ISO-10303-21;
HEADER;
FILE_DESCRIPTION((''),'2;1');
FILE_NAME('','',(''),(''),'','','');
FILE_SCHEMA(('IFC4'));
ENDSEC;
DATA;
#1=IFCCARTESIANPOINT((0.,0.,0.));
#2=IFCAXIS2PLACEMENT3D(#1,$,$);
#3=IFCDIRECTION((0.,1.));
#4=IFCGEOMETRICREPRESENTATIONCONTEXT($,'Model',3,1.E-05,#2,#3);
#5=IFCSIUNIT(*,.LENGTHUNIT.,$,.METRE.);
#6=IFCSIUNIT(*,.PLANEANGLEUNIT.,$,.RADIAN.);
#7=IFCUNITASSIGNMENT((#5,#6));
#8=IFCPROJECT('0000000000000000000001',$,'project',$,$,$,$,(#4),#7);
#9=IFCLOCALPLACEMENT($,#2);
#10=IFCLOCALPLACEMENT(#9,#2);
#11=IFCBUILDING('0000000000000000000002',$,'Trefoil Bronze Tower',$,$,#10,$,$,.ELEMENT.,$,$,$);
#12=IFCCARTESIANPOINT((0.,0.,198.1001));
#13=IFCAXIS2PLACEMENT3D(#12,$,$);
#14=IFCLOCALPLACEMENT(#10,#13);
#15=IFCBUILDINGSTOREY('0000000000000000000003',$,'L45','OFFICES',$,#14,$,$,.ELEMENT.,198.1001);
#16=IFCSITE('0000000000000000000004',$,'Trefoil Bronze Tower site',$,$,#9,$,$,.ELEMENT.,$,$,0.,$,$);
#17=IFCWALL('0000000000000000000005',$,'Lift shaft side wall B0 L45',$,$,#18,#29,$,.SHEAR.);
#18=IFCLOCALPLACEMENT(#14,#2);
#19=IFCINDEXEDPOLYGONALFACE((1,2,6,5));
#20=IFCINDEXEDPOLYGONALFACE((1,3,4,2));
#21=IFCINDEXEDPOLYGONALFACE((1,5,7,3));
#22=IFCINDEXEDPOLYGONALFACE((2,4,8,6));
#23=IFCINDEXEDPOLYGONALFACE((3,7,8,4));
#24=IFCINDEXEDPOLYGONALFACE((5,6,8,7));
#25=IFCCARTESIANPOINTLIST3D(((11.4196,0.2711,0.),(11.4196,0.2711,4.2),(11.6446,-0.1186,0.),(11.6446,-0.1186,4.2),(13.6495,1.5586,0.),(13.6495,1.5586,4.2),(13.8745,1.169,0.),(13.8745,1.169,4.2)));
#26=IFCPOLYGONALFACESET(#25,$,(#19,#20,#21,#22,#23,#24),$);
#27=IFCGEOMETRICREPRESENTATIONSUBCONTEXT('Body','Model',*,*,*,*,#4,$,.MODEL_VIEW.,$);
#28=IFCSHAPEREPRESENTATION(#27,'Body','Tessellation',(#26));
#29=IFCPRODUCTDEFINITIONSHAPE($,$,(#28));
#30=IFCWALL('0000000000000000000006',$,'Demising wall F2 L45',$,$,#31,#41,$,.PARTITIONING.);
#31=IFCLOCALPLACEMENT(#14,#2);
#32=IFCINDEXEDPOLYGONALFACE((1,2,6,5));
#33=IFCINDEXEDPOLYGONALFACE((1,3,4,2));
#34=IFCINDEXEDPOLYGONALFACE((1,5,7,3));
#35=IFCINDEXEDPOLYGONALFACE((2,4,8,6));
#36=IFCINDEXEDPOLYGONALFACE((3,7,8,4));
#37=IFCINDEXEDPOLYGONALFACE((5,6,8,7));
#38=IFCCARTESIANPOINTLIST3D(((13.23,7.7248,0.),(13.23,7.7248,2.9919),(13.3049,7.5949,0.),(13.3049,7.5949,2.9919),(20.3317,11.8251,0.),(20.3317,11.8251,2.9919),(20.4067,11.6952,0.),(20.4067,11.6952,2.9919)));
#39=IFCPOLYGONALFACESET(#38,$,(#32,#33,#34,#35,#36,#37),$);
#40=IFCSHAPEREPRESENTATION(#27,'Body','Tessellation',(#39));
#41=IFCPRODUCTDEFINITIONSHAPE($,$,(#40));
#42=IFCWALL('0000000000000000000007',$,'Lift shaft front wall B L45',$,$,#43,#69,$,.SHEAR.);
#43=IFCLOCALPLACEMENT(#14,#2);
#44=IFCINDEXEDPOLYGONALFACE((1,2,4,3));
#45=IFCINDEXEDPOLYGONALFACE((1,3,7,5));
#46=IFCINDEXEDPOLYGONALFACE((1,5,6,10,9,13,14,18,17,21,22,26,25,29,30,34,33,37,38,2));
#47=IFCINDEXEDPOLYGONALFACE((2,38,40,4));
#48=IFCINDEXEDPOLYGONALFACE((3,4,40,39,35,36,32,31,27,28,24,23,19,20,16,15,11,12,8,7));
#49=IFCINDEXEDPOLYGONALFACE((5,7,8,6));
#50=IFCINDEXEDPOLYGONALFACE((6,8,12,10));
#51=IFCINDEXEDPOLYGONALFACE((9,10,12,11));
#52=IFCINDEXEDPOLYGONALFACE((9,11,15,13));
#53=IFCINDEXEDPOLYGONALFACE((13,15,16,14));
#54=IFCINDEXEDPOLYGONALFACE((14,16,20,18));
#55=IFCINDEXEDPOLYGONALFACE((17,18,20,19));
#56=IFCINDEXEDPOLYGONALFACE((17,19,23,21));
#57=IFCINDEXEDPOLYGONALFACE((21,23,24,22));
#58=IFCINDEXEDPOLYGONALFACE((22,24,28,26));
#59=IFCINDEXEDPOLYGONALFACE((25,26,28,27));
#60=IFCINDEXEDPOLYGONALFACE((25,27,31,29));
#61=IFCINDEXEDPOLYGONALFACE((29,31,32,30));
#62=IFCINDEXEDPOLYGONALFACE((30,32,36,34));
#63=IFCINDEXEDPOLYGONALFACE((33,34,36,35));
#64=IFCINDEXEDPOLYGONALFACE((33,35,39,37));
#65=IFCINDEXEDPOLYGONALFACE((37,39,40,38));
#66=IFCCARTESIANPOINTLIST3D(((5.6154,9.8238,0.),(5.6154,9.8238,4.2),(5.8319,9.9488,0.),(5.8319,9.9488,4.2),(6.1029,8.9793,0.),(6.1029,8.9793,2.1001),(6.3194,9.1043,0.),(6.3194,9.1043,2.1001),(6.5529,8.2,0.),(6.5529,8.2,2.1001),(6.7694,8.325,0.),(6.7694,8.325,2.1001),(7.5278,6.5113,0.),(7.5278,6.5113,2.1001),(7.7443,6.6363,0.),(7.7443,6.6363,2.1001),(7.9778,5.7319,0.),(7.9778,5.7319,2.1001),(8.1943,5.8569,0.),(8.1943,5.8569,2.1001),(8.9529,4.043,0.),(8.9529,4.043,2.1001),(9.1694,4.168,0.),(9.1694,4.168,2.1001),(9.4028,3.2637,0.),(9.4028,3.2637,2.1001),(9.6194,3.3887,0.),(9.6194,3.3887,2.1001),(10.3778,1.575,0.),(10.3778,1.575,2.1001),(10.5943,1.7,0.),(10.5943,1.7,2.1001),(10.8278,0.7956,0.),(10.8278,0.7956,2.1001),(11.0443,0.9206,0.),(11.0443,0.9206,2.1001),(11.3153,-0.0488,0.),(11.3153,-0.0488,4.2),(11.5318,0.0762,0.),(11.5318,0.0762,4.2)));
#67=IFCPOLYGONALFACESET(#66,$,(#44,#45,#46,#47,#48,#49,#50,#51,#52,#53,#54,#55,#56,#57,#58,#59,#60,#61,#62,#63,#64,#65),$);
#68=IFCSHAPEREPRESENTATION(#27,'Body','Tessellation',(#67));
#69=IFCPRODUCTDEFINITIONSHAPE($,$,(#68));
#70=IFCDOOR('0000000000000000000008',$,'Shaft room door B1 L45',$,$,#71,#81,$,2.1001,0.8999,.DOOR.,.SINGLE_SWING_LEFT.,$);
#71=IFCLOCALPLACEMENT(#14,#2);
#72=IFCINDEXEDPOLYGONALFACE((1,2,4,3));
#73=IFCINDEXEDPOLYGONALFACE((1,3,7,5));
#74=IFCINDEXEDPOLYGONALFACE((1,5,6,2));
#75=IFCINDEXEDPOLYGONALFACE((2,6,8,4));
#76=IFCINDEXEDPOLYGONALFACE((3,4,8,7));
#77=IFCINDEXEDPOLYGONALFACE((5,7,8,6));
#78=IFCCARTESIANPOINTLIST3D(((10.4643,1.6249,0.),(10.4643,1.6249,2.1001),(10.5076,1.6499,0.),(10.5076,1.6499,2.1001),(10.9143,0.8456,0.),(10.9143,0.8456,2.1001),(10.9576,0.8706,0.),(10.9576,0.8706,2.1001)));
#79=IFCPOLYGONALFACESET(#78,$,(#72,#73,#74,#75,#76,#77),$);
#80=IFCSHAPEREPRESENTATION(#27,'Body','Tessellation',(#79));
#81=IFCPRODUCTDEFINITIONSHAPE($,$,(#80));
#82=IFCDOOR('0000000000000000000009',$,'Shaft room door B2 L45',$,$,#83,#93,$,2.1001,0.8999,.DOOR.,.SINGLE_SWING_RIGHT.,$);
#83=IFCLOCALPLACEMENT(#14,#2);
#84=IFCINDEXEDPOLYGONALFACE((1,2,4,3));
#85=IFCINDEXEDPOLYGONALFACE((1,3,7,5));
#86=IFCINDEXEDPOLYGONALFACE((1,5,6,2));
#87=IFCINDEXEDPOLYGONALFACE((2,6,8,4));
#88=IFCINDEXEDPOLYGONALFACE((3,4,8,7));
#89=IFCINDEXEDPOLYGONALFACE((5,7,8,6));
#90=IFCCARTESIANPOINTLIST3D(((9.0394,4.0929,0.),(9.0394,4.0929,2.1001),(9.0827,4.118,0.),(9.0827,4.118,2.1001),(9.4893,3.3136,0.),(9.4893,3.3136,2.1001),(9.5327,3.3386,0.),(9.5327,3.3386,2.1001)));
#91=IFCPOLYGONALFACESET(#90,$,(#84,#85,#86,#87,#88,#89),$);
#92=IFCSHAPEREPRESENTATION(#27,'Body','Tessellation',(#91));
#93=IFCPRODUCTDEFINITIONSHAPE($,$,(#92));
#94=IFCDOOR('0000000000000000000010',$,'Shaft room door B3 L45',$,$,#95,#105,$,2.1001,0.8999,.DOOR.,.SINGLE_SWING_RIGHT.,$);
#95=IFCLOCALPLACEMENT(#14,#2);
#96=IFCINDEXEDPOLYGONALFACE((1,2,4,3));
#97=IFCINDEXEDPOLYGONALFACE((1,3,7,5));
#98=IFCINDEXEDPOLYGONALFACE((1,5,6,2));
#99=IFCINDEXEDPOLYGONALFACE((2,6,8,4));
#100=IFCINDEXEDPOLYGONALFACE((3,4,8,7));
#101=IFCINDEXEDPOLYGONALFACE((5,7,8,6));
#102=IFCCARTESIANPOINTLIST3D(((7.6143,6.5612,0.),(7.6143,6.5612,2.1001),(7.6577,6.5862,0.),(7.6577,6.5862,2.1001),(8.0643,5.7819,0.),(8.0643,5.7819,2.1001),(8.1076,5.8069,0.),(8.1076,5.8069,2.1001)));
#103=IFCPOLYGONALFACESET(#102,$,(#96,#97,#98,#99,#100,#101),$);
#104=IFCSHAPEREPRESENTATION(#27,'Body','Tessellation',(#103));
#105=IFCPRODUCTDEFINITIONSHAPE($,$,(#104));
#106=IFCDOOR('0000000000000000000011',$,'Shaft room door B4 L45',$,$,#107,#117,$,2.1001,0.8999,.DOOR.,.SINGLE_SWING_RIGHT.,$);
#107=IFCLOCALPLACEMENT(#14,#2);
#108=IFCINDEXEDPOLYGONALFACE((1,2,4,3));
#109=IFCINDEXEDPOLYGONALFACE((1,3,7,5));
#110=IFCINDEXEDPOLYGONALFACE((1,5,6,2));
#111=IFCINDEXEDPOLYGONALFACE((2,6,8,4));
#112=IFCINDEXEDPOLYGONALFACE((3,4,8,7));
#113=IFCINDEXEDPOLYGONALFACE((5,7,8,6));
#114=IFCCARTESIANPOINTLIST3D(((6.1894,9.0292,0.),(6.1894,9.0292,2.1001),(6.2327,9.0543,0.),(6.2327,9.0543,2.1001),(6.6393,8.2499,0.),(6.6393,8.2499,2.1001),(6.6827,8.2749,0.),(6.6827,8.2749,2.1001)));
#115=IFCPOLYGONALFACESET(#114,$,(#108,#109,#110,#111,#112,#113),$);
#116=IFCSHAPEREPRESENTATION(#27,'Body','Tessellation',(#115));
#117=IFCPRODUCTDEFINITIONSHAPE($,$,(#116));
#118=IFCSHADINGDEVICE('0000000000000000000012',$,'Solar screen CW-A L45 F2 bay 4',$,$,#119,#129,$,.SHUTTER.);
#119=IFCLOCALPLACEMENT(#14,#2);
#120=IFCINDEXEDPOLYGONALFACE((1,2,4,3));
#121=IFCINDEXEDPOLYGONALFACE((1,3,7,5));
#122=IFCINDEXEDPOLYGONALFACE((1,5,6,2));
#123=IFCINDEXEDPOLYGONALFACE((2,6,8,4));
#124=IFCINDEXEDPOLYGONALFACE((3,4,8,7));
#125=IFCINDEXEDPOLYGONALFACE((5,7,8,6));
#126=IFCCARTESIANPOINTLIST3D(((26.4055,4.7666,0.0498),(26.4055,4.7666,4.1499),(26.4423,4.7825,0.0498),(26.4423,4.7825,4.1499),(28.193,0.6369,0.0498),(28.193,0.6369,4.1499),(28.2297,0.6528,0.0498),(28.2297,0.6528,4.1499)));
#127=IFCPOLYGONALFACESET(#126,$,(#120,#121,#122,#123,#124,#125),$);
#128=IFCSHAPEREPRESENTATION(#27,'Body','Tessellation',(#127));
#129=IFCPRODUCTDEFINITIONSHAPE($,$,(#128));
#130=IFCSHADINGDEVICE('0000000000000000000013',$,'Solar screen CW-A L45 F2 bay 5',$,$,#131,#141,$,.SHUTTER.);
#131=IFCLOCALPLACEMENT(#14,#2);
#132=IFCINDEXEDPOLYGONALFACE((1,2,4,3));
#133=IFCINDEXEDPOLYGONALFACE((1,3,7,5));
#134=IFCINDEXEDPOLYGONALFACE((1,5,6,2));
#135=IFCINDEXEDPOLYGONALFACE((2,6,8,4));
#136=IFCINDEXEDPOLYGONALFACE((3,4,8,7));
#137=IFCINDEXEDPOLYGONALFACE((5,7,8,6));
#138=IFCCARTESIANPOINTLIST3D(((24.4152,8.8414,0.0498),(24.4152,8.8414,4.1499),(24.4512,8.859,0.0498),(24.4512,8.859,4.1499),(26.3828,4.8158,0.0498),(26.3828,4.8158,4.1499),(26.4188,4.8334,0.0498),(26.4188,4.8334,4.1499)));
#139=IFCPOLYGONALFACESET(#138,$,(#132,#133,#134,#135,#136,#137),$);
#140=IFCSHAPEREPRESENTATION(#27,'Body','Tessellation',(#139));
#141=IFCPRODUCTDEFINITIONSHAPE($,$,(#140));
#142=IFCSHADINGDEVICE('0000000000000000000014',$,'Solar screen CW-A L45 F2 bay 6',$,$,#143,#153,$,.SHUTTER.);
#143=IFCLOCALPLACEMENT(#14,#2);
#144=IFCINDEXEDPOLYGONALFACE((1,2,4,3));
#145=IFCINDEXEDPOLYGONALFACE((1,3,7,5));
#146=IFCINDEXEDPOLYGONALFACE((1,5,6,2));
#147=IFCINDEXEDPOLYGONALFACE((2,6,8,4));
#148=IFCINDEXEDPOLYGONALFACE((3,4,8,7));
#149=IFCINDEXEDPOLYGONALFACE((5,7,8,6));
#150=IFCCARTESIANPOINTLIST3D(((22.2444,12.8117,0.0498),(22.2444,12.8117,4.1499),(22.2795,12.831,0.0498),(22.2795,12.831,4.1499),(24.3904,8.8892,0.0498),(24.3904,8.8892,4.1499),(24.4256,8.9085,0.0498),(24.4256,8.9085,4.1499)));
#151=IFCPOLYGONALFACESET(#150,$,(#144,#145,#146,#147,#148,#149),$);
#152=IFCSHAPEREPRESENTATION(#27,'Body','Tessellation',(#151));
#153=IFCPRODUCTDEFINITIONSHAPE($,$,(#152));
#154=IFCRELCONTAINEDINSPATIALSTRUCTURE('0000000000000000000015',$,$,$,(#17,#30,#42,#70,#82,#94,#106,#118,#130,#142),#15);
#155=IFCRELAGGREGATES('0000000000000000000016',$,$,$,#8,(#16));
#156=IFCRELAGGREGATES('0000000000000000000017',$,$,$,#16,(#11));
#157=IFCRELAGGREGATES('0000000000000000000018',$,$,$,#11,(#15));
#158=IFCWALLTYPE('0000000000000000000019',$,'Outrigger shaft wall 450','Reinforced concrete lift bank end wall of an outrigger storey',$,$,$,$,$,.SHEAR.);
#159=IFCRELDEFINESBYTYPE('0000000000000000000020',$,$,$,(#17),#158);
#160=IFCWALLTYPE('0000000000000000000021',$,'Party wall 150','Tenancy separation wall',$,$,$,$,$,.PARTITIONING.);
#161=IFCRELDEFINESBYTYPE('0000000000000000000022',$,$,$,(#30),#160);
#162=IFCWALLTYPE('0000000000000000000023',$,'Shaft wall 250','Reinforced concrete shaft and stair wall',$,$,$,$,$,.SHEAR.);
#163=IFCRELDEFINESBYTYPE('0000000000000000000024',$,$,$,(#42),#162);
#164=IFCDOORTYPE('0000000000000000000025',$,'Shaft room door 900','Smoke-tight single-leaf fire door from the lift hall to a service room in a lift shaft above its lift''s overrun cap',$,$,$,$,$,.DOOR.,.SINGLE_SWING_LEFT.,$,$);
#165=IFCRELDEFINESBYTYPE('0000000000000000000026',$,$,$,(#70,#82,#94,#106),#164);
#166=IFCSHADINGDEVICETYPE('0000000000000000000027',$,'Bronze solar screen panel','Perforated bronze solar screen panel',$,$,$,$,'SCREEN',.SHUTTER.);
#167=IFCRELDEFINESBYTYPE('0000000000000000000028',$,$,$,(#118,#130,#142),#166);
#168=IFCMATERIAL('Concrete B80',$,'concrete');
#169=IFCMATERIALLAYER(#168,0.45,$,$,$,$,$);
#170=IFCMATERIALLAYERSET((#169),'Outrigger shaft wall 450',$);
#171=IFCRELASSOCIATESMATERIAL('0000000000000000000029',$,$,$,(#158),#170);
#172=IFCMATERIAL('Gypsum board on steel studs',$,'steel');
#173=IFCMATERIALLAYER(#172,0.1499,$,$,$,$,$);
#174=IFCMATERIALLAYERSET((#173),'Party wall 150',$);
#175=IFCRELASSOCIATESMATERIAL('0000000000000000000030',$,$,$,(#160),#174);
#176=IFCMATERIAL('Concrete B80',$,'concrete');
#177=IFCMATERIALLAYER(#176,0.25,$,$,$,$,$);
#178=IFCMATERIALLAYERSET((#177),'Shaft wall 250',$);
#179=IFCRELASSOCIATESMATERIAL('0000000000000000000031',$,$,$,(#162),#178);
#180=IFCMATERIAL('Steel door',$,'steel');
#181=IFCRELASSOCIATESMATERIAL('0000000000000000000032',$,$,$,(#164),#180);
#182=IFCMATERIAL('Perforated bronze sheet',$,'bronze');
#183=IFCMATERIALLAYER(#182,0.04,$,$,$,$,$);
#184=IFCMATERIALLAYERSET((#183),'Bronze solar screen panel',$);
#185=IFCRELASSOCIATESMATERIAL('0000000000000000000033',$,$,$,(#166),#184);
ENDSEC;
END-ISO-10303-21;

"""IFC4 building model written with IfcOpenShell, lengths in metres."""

from ifc_helpers import new_model, si_unit, direction, frame, frame_2d, origin, origin_2d, place, context, subcontext, project, spatial, rectangle, extrude, material, layer, layer_set, type_object, element, fill, save


model = new_model("IFC4")

# Units and contexts
model_context = context("Model", 3, precision=1e-05, world=origin(), true_north=direction((0.0, 1.0)))
body_context = subcontext(model_context, "Body", "Model", "MODEL_VIEW")
ifc_project = project(units=[si_unit("LENGTHUNIT", "METRE"), si_unit("PLANEANGLEUNIT", "RADIAN")], contexts=[model_context])

# Site, building, storey
site_placement = place(None, origin())
site = spatial("IfcSite", under=ifc_project, at=site_placement, Name="Trefoil Bronze Tower site", CompositionType="ELEMENT", RefElevation=0.0)
building_placement = place(site_placement, origin())
building = spatial("IfcBuilding", under=site, at=building_placement, Name="Trefoil Bronze Tower", CompositionType="ELEMENT")
storey_placement = place(building_placement, frame((0.0, 0.0, 198.1001)))
storey = spatial("IfcBuildingStorey", under=building, at=storey_placement, Name="L45", Description="OFFICES", CompositionType="ELEMENT", Elevation=198.1001)

# Walls
ifc_material_1 = material(Name="Concrete B80", Category="concrete")
ifc_layer_1 = layer(ifc_material_1, 0.45)
ifc_layer_set_1 = layer_set([ifc_layer_1], Name="Outrigger shaft wall 450")
wall_type_1 = type_object("IfcWallType", Name="Outrigger shaft wall 450", Description="Reinforced concrete lift bank end wall of an outrigger storey", PredefinedType="SHEAR", material=ifc_layer_set_1)
wall_1_placement = place(storey_placement, frame((11.532, 0.0762, 0.0), z_axis=(0.0, 0.0, 1.0), x_axis=(0.866006, 0.500034, 0.0)))
element("IfcWall", 1, at=wall_1_placement, inside=storey, type_object=wall_type_1, Name="Lift shaft side wall B0 L45", PredefinedType="SHEAR", context=body_context, shape_type="SweptSolid", body=[
    extrude(rectangle(XDim=2.575, YDim=0.45, at=frame_2d((1.2876, 0.0))), origin(), (0.0, 0.0, 1.0), 4.2),
])
ifc_material_2 = material(Name="Gypsum board on steel studs", Category="steel")
ifc_layer_2 = layer(ifc_material_2, 0.1499)
ifc_layer_set_2 = layer_set([ifc_layer_2], Name="Party wall 150")
wall_type_2 = type_object("IfcWallType", Name="Party wall 150", Description="Tenancy separation wall", PredefinedType="PARTITIONING", material=ifc_layer_set_2)
wall_2_placement = place(storey_placement, frame((13.2676, 7.6599, 0.0), z_axis=(0.0, 0.0, 1.0), x_axis=(0.866019, 0.50001, 0.0)))
element("IfcWall", 2, at=wall_2_placement, inside=storey, type_object=wall_type_2, Name="Demising wall F2 L45", PredefinedType="PARTITIONING", context=body_context, shape_type="SweptSolid", body=[
    extrude(rectangle(XDim=8.2004, YDim=0.1499, at=frame_2d((4.1001, 0.0))), origin(), (0.0, 0.0, 1.0), 2.9919),
])

# Wall, openings, doors
ifc_material_3 = material(Name="Concrete B80", Category="concrete")
ifc_layer_3 = layer(ifc_material_3, 0.25)
ifc_layer_set_3 = layer_set([ifc_layer_3], Name="Shaft wall 250")
wall_type_3 = type_object("IfcWallType", Name="Shaft wall 250", Description="Reinforced concrete shaft and stair wall", PredefinedType="SHEAR", material=ifc_layer_set_3)
wall_3_placement = place(storey_placement, frame((11.4236, 0.0137, 0.0), z_axis=(0.0, 0.0, 1.0), x_axis=(-0.500002, 0.866024, 0.0)))
wall_3 = element("IfcWall", 3, at=wall_3_placement, inside=storey, type_object=wall_type_3, Name="Lift shaft front wall B L45", PredefinedType="SHEAR", context=body_context, shape_type="SweptSolid", body=[
    extrude(rectangle(XDim=11.3999, YDim=0.25, at=frame_2d((5.7, 0.0))), origin(), (0.0, 0.0, 1.0), 4.2),
])
opening_1_placement = place(wall_3_placement, frame((0.9751, 0.0, 0.0)))
opening_1 = element("IfcOpeningElement", 4, at=opening_1_placement, cuts=wall_3, PredefinedType="OPENING", context=body_context, shape_type="SweptSolid", body=[
    extrude(rectangle(XDim=0.8999, YDim=2.1001, at=frame_2d((0.45, 1.05))), frame((0.0, 0.135, 0.0), z_axis=(0.0, -1.0, 0.0), x_axis=(1.0, 0.0, 0.0)), (0.0, 0.0, 1.0), 0.27),
])
opening_2_placement = place(wall_3_placement, frame((3.825, 0.0, 0.0)))
opening_2 = element("IfcOpeningElement", 5, at=opening_2_placement, cuts=wall_3, PredefinedType="OPENING", context=body_context, shape_type="SweptSolid", body=[
    extrude(rectangle(XDim=0.8999, YDim=2.1001, at=frame_2d((0.45, 1.05))), frame((0.0, 0.135, 0.0), z_axis=(0.0, -1.0, 0.0), x_axis=(1.0, 0.0, 0.0)), (0.0, 0.0, 1.0), 0.27),
])
opening_3_placement = place(wall_3_placement, frame((6.675, 0.0, 0.0)))
opening_3 = element("IfcOpeningElement", 6, at=opening_3_placement, cuts=wall_3, PredefinedType="OPENING", context=body_context, shape_type="SweptSolid", body=[
    extrude(rectangle(XDim=0.8999, YDim=2.1001, at=frame_2d((0.45, 1.05))), frame((0.0, 0.135, 0.0), z_axis=(0.0, -1.0, 0.0), x_axis=(1.0, 0.0, 0.0)), (0.0, 0.0, 1.0), 0.27),
])
opening_4_placement = place(wall_3_placement, frame((9.5249, 0.0, 0.0)))
opening_4 = element("IfcOpeningElement", 7, at=opening_4_placement, cuts=wall_3, PredefinedType="OPENING", context=body_context, shape_type="SweptSolid", body=[
    extrude(rectangle(XDim=0.8999, YDim=2.1001, at=frame_2d((0.45, 1.05))), frame((0.0, 0.135, 0.0), z_axis=(0.0, -1.0, 0.0), x_axis=(1.0, 0.0, 0.0)), (0.0, 0.0, 1.0), 0.27),
])
ifc_material_4 = material(Name="Steel door", Category="steel")
door_type = type_object("IfcDoorType", Name="Shaft room door 900", Description="Smoke-tight single-leaf fire door from the lift hall to a service room in a lift shaft above its lift's overrun cap", OperationType="SINGLE_SWING_LEFT", PredefinedType="DOOR", material=ifc_material_4)
door_1_placement = place(opening_1_placement, frame((0.8999, 0.0, 0.0), z_axis=(0.0, 0.0, 1.0), x_axis=(-1.0, 0.0, 0.0)))
door_1 = element("IfcDoor", 8, at=door_1_placement, inside=storey, type_object=door_type, Name="Shaft room door B1 L45", OperationType="SINGLE_SWING_LEFT", OverallHeight=2.1001, OverallWidth=0.8999, PredefinedType="DOOR", context=body_context, shape_type="SweptSolid", body=[
    extrude(rectangle(XDim=0.8999, YDim=2.1001, at=frame_2d((0.45, 1.05))), frame((0.0, 0.0249, 0.0), z_axis=(0.0, -1.0, 0.0), x_axis=(1.0, 0.0, 0.0)), (0.0, 0.0, 1.0), 0.05),
])
fill(opening_1, door_1)
door_2_placement = place(opening_2_placement, frame((0.8999, 0.0, 0.0), z_axis=(0.0, 0.0, 1.0), x_axis=(-1.0, 0.0, 0.0)))
door_2 = element("IfcDoor", 9, at=door_2_placement, inside=storey, type_object=door_type, Name="Shaft room door B2 L45", OperationType="SINGLE_SWING_RIGHT", OverallHeight=2.1001, OverallWidth=0.8999, PredefinedType="DOOR", context=body_context, shape_type="SweptSolid", body=[
    extrude(rectangle(XDim=0.8999, YDim=2.1001, at=frame_2d((0.45, 1.05))), frame((0.0, 0.0249, 0.0), z_axis=(0.0, -1.0, 0.0), x_axis=(1.0, 0.0, 0.0)), (0.0, 0.0, 1.0), 0.05),
])
fill(opening_2, door_2)
door_3_placement = place(opening_3_placement, frame((0.8999, 0.0, 0.0), z_axis=(0.0, 0.0, 1.0), x_axis=(-1.0, 0.0, 0.0)))
door_3 = element("IfcDoor", 10, at=door_3_placement, inside=storey, type_object=door_type, Name="Shaft room door B3 L45", OperationType="SINGLE_SWING_RIGHT", OverallHeight=2.1001, OverallWidth=0.8999, PredefinedType="DOOR", context=body_context, shape_type="SweptSolid", body=[
    extrude(rectangle(XDim=0.8999, YDim=2.1001, at=frame_2d((0.45, 1.05))), frame((0.0, 0.0249, 0.0), z_axis=(0.0, -1.0, 0.0), x_axis=(1.0, 0.0, 0.0)), (0.0, 0.0, 1.0), 0.05),
])
fill(opening_3, door_3)
door_4_placement = place(opening_4_placement, frame((0.8999, 0.0, 0.0), z_axis=(0.0, 0.0, 1.0), x_axis=(-1.0, 0.0, 0.0)))
door_4 = element("IfcDoor", 11, at=door_4_placement, inside=storey, type_object=door_type, Name="Shaft room door B4 L45", OperationType="SINGLE_SWING_RIGHT", OverallHeight=2.1001, OverallWidth=0.8999, PredefinedType="DOOR", context=body_context, shape_type="SweptSolid", body=[
    extrude(rectangle(XDim=0.8999, YDim=2.1001, at=frame_2d((0.45, 1.05))), frame((0.0, 0.0249, 0.0), z_axis=(0.0, -1.0, 0.0), x_axis=(1.0, 0.0, 0.0)), (0.0, 0.0, 1.0), 0.05),
])
fill(opening_4, door_4)

# Shading devices
ifc_material_5 = material(Name="Perforated bronze sheet", Category="bronze")
ifc_layer_4 = layer(ifc_material_5, 0.04)
ifc_layer_set_4 = layer_set([ifc_layer_4], Name="Bronze solar screen panel")
shading_device_type = type_object("IfcShadingDeviceType", Name="Bronze solar screen panel", Description="Perforated bronze solar screen panel", ElementType="SCREEN", PredefinedType="SHUTTER", material=ifc_layer_set_4)
shading_device_1_placement = place(storey_placement, frame((27.3176, 2.7097, 0.0498), z_axis=(0.0, 0.0, 1.0), x_axis=(-0.39722, 0.917723, 0.0)))
element("IfcShadingDevice", 12, at=shading_device_1_placement, inside=storey, type_object=shading_device_type, Name="Solar screen CW-A L45 F2 bay 4", PredefinedType="SHUTTER", context=body_context, shape_type="SweptSolid", body=[
    extrude(rectangle(XDim=4.5, YDim=0.04, at=origin_2d()), origin(), (0.0, 0.0, 1.0), 4.1001),
])
shading_device_2_placement = place(storey_placement, frame((25.417, 6.8374, 0.0498), z_axis=(0.0, 0.0, 1.0), x_axis=(-0.439129, 0.898424, 0.0)))
element("IfcShadingDevice", 13, at=shading_device_2_placement, inside=storey, type_object=shading_device_type, Name="Solar screen CW-A L45 F2 bay 5", PredefinedType="SHUTTER", context=body_context, shape_type="SweptSolid", body=[
    extrude(rectangle(XDim=4.4807, YDim=0.04, at=origin_2d()), origin(), (0.0, 0.0, 1.0), 4.1001),
])
shading_device_3_placement = place(storey_placement, frame((23.335, 10.8601, 0.0498), z_axis=(0.0, 0.0, 1.0), x_axis=(-0.479974, 0.877283, 0.0)))
element("IfcShadingDevice", 14, at=shading_device_3_placement, inside=storey, type_object=shading_device_type, Name="Solar screen CW-A L45 F2 bay 6", PredefinedType="SHUTTER", context=body_context, shape_type="SweptSolid", body=[
    extrude(rectangle(XDim=4.4712, YDim=0.04, at=origin_2d()), origin(), (0.0, 0.0, 1.0), 4.1001),
])

save(model, "model.ifc")
